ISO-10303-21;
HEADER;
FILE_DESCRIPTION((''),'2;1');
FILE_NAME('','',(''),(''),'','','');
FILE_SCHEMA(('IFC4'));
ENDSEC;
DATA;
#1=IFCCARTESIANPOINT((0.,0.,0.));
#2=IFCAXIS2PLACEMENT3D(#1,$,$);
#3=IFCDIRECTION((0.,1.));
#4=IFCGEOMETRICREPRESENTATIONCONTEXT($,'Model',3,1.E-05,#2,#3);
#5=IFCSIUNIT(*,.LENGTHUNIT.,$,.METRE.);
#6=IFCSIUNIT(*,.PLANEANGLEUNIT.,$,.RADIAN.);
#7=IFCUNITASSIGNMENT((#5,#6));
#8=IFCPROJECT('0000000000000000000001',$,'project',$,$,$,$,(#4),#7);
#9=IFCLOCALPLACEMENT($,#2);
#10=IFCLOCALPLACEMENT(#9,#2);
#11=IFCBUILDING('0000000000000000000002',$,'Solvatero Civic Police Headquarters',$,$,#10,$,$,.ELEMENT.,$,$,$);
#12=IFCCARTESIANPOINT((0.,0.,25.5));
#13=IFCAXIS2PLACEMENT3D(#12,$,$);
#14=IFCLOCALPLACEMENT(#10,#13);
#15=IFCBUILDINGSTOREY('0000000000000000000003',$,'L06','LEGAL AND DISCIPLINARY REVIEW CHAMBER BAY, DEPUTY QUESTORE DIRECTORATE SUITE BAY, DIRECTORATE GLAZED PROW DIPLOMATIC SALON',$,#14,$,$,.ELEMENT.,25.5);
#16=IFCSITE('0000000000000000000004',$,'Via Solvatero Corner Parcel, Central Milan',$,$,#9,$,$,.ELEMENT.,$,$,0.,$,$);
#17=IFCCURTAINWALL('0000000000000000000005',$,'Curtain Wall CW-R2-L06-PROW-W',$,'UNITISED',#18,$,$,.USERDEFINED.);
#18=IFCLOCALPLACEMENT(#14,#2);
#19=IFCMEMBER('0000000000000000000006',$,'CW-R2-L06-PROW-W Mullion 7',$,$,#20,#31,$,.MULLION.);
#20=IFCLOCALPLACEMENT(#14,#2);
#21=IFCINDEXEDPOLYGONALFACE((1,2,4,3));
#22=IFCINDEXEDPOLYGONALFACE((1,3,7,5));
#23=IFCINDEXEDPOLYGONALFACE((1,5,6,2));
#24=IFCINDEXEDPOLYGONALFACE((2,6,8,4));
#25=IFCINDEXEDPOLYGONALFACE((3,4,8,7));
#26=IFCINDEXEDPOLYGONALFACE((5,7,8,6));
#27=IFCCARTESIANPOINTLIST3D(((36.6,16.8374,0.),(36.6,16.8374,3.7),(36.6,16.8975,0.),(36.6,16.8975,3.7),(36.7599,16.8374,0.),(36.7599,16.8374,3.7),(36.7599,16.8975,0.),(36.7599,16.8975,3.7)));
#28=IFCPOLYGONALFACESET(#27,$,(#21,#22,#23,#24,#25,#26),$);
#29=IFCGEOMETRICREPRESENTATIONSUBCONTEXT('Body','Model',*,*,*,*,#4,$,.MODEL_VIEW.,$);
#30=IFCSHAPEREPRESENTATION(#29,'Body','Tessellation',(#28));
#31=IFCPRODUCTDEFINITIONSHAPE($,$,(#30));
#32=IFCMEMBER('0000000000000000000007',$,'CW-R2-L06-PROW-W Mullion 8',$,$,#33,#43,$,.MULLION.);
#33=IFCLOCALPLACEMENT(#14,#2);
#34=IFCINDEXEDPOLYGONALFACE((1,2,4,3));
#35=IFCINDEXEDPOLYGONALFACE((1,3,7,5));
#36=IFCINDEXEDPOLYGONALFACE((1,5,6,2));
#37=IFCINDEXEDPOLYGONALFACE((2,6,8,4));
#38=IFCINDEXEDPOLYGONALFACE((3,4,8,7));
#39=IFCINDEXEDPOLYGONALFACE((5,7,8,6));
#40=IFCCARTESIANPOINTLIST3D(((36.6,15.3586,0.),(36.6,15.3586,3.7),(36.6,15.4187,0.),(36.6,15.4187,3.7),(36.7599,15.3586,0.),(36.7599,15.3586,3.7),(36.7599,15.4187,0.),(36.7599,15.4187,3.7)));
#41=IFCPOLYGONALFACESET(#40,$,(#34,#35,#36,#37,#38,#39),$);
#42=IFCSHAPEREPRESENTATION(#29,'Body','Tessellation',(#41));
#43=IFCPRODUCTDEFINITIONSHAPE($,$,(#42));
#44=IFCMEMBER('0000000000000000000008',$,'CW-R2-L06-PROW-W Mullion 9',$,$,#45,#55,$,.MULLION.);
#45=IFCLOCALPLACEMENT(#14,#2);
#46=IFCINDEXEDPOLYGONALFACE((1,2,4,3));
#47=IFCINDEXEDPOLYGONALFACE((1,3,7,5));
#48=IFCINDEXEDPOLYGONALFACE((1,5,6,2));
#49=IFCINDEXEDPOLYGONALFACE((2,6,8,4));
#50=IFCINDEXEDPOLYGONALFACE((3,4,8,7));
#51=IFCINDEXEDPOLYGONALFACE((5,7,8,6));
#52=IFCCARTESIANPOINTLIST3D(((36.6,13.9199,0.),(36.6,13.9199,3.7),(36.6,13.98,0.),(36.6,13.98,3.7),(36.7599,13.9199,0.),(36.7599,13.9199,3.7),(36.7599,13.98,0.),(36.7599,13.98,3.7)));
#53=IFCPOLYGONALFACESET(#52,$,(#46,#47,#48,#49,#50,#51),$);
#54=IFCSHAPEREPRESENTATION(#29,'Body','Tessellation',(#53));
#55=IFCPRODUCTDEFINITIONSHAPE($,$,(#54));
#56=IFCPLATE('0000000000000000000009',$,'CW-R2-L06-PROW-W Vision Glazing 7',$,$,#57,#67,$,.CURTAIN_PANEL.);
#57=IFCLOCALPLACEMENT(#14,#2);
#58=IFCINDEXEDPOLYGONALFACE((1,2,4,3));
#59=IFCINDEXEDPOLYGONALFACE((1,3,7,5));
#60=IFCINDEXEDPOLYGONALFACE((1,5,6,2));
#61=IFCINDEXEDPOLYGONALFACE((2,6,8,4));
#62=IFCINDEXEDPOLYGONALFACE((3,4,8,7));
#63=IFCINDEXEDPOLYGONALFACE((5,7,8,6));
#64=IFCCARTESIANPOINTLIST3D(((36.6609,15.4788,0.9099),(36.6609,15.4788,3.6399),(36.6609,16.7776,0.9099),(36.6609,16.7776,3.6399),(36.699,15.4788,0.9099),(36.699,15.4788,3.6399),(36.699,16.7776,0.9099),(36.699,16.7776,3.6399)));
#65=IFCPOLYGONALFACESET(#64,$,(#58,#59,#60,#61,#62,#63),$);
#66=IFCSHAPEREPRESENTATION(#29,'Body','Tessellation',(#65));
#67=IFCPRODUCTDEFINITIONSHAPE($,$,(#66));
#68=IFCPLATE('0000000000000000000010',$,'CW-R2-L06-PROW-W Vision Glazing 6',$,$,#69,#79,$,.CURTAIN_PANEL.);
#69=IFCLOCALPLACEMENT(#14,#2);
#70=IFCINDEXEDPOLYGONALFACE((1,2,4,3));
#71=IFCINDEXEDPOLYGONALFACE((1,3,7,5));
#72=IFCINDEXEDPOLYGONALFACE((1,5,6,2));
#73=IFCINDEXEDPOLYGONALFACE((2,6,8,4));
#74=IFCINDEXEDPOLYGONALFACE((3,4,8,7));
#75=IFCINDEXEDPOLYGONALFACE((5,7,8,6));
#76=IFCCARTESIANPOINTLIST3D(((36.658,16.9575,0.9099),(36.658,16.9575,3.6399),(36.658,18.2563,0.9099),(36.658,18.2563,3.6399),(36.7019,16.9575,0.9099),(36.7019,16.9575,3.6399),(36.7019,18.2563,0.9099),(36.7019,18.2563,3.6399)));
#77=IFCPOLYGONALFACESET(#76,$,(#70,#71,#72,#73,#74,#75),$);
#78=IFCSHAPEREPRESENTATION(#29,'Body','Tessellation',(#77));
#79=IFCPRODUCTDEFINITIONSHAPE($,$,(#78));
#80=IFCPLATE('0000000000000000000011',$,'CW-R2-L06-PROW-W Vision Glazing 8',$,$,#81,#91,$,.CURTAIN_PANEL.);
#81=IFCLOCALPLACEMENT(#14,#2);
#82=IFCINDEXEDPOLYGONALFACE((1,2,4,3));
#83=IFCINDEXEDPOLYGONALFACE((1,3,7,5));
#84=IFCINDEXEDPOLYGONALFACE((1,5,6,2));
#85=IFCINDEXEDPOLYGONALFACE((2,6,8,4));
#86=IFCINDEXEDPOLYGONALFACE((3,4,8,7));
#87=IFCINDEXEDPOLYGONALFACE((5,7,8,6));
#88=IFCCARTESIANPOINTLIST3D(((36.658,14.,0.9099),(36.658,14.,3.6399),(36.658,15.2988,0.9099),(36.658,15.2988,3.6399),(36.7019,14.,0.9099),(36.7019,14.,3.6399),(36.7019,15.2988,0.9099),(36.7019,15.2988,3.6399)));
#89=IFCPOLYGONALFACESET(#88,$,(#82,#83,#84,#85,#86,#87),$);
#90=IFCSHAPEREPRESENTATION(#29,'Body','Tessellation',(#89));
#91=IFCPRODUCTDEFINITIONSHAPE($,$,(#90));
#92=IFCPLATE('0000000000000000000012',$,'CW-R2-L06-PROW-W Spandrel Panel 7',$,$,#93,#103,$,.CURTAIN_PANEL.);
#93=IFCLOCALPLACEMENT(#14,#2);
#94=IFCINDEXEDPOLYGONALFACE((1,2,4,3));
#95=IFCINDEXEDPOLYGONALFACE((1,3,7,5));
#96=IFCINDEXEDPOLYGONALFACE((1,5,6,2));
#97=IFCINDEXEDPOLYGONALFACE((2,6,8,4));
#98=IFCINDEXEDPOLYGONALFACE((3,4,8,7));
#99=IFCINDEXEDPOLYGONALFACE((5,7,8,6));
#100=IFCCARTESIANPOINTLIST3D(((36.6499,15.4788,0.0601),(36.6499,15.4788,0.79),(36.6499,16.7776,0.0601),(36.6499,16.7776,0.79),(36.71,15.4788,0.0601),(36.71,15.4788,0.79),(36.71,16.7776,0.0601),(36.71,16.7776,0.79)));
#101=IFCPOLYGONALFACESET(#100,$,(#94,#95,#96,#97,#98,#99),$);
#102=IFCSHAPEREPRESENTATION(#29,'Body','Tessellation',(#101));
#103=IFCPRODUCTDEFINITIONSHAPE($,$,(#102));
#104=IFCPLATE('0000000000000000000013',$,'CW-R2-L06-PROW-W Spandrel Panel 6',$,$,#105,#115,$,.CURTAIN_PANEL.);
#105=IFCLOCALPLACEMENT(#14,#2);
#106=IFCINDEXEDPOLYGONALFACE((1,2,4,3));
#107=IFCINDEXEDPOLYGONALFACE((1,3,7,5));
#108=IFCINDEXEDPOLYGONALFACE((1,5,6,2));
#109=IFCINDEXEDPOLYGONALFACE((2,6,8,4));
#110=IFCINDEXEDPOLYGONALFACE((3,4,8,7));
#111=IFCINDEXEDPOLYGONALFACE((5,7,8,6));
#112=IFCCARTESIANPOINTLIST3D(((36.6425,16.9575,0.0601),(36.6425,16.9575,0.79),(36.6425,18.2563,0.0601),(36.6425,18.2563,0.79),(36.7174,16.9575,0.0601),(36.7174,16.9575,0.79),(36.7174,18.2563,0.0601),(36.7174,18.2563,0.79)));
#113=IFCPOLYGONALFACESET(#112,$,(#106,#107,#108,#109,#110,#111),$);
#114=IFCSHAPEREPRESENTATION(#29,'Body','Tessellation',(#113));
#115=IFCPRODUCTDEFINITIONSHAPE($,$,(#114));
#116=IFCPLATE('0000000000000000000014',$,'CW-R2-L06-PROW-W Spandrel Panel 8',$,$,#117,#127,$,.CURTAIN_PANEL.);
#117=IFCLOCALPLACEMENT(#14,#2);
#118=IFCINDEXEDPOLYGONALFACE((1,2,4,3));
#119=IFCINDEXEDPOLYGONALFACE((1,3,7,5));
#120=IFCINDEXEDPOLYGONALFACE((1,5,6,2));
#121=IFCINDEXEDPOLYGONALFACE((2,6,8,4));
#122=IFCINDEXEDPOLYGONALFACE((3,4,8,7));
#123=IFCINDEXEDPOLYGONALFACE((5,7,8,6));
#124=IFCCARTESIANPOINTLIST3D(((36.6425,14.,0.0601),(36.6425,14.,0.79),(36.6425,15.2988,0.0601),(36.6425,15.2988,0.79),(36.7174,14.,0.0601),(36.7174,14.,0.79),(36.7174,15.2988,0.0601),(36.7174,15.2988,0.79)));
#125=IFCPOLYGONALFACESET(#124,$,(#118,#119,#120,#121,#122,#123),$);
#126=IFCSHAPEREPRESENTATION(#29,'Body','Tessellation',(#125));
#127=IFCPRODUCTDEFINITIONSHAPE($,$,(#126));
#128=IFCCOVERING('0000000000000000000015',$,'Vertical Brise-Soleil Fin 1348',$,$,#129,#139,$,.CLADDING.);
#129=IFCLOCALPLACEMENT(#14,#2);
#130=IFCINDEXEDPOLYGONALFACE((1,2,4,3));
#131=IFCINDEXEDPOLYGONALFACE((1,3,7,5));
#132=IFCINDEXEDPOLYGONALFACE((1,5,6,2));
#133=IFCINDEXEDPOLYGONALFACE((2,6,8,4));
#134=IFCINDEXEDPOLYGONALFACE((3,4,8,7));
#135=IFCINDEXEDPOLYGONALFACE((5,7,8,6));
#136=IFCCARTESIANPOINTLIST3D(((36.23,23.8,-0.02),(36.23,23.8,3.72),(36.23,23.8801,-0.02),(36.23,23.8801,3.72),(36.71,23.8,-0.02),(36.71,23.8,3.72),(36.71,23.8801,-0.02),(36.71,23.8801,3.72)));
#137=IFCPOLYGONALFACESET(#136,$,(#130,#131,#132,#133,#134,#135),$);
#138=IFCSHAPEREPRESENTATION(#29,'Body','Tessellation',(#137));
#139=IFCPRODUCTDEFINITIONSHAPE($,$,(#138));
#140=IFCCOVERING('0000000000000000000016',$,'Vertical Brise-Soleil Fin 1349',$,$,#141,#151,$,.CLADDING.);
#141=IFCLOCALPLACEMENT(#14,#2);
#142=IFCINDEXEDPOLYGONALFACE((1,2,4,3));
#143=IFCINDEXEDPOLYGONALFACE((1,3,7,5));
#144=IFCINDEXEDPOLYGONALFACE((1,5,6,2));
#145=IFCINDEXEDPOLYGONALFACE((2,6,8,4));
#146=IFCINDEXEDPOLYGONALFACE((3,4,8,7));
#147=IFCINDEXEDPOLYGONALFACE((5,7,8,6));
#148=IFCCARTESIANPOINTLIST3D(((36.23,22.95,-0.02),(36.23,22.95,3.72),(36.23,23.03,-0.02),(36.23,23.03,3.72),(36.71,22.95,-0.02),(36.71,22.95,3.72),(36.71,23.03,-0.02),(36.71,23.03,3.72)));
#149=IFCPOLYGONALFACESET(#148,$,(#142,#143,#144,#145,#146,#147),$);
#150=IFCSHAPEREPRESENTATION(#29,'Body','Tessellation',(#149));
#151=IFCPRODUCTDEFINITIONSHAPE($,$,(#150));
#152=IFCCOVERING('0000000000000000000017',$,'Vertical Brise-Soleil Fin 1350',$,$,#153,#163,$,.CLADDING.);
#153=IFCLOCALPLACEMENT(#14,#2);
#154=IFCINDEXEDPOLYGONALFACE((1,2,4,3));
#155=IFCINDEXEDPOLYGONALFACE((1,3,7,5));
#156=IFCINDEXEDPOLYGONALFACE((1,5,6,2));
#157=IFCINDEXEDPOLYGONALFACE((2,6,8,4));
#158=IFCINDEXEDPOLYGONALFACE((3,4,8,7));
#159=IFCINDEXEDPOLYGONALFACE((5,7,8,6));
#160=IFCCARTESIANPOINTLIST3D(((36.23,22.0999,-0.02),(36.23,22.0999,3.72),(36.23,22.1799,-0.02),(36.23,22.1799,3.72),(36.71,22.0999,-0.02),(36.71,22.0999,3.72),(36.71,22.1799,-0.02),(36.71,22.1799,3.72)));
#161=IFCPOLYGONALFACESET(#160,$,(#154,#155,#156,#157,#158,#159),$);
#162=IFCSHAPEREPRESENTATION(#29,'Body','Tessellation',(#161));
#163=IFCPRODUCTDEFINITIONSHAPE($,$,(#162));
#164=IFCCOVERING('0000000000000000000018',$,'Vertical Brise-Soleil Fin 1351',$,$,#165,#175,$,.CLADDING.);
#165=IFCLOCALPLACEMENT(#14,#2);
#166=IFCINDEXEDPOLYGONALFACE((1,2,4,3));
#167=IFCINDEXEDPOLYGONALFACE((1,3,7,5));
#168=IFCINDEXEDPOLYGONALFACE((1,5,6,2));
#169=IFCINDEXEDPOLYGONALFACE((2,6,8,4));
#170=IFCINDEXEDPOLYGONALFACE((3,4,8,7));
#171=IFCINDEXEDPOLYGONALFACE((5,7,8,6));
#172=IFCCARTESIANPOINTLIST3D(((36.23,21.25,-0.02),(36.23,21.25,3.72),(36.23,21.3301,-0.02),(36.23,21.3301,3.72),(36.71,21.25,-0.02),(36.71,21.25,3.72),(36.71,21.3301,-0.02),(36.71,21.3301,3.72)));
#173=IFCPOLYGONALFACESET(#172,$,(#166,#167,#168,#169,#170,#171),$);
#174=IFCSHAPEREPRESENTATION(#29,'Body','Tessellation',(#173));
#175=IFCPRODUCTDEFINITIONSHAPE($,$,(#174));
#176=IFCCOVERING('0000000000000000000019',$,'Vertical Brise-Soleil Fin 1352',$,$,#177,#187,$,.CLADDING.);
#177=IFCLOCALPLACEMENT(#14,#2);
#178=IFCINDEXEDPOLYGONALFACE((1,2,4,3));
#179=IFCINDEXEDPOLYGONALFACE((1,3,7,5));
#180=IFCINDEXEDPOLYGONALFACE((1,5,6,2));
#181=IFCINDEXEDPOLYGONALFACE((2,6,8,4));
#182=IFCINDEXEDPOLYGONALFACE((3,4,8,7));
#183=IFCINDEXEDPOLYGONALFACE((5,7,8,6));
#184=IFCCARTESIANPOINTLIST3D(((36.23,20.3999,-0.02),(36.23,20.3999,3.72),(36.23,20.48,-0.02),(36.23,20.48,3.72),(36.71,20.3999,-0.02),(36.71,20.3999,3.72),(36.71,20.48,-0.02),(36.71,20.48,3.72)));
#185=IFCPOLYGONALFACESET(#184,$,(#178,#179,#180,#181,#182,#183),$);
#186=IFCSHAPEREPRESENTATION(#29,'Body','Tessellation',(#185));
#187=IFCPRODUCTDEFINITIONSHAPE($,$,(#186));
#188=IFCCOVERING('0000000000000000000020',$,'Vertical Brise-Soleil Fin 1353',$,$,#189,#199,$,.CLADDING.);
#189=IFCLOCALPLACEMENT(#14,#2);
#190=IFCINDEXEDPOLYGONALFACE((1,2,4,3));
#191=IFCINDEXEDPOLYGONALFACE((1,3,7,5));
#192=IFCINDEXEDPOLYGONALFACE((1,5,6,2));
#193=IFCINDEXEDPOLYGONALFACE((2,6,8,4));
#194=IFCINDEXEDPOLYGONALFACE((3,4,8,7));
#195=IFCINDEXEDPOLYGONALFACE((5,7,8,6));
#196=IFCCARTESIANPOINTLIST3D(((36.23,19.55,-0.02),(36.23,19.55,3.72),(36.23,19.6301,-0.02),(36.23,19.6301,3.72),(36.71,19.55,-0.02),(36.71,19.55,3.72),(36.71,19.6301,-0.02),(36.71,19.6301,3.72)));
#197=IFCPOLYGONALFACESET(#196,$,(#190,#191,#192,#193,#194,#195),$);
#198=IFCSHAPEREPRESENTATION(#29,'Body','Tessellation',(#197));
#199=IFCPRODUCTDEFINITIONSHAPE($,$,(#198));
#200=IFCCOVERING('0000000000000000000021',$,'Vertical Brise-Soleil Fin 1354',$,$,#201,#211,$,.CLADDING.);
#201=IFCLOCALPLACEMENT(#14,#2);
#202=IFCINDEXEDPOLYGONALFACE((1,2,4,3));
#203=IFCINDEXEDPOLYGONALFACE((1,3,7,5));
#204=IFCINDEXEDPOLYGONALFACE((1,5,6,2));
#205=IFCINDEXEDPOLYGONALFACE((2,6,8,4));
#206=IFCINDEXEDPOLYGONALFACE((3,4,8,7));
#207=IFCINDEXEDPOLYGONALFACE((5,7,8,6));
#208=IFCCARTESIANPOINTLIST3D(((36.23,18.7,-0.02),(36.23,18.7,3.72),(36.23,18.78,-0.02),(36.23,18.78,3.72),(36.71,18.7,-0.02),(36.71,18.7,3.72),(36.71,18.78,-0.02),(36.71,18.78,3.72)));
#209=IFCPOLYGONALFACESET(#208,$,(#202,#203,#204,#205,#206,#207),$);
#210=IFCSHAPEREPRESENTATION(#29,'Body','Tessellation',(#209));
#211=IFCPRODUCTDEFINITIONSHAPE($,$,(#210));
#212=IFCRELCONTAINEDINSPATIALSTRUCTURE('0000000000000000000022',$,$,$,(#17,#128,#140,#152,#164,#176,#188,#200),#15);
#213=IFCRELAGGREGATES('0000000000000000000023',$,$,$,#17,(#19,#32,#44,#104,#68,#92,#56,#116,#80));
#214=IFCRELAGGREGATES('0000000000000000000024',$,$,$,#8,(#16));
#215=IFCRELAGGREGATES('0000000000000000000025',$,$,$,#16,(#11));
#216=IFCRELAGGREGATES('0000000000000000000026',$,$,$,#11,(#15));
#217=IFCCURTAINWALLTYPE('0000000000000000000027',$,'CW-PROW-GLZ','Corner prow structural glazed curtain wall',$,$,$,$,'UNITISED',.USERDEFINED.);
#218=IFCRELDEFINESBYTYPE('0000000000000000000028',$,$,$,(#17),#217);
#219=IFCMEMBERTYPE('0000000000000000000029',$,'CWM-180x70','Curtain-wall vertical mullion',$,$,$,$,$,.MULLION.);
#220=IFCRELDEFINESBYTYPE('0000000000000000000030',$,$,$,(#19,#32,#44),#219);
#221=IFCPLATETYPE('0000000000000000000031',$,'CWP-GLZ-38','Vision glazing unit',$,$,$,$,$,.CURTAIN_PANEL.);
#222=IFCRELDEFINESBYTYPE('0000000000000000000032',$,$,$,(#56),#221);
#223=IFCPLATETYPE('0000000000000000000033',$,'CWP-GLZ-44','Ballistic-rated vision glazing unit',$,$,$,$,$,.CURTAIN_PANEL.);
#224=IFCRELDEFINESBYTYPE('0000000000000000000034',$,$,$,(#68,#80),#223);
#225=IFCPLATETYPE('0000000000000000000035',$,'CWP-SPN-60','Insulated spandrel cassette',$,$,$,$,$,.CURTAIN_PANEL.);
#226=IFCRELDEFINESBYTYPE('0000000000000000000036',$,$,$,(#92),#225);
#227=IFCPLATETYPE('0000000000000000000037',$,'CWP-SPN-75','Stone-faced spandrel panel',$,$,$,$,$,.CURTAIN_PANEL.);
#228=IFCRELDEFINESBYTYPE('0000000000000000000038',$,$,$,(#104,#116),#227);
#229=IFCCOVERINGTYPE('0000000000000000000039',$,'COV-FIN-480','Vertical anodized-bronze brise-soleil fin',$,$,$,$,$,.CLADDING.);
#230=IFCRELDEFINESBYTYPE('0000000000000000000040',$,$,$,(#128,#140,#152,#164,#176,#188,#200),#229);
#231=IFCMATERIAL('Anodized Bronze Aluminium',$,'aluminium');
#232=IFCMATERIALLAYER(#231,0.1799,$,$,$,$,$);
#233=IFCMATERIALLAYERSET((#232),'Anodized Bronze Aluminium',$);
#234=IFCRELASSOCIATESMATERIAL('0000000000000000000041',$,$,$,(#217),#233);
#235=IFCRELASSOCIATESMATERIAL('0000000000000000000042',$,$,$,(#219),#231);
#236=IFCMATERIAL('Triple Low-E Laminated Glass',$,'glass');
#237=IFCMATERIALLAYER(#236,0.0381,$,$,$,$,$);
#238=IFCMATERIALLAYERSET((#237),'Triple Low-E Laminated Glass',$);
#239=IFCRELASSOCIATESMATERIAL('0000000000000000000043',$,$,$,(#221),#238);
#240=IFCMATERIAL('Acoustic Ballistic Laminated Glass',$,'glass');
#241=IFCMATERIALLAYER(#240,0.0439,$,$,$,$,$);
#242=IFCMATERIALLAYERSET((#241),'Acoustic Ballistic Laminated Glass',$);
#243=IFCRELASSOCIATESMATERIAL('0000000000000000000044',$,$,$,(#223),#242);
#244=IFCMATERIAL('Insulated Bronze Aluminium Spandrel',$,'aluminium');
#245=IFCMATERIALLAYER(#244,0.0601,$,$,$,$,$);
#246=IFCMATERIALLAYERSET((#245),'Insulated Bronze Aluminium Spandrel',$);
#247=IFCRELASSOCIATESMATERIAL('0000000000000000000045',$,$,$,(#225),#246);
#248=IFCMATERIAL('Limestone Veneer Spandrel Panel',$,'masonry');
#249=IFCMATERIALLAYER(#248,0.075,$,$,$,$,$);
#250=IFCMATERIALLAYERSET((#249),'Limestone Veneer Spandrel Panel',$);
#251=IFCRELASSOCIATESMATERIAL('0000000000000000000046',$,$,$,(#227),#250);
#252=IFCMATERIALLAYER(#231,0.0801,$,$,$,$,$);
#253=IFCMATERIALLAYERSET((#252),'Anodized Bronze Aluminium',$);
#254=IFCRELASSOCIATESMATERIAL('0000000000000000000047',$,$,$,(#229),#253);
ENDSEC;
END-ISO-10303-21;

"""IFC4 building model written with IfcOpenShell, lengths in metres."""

from ifc_helpers import new_model, si_unit, direction, frame, origin, origin_2d, place, context, subcontext, project, spatial, rectangle, extrude, material, layer, layer_set, material_profile, profile_set, type_object, element, aggregate, save


model = new_model("IFC4")

# Units and contexts
model_context = context("Model", 3, precision=1e-05, world=origin(), true_north=direction((0.0, 1.0)))
body_context = subcontext(model_context, "Body", "Model", "MODEL_VIEW")
ifc_project = project(units=[si_unit("LENGTHUNIT", "METRE"), si_unit("PLANEANGLEUNIT", "RADIAN")], contexts=[model_context])

# Site, building, storey
site_placement = place(None, origin())
site = spatial("IfcSite", under=ifc_project, at=site_placement, Name="Via Solvatero Corner Parcel, Central Milan", CompositionType="ELEMENT", RefElevation=0.0)
building_placement = place(site_placement, origin())
building = spatial("IfcBuilding", under=site, at=building_placement, Name="Solvatero Civic Police Headquarters", CompositionType="ELEMENT")
storey_placement = place(building_placement, frame((0.0, 0.0, 25.5)))
storey = spatial("IfcBuildingStorey", under=building, at=storey_placement, Name="L06", Description="LEGAL AND DISCIPLINARY REVIEW CHAMBER BAY, DEPUTY QUESTORE DIRECTORATE SUITE BAY, DIRECTORATE GLAZED PROW DIPLOMATIC SALON", CompositionType="ELEMENT", Elevation=25.5)

# Curtain wall, members, plates
ifc_material_1 = material(Name="Anodized Bronze Aluminium", Category="aluminium")
ifc_layer_1 = layer(ifc_material_1, 0.1799)
ifc_layer_set_1 = layer_set([ifc_layer_1], Name="Anodized Bronze Aluminium")
curtain_wall_type = type_object("IfcCurtainWallType", Name="CW-PROW-GLZ", Description="Corner prow structural glazed curtain wall", ElementType="UNITISED", PredefinedType="USERDEFINED", material=ifc_layer_set_1)
curtain_wall_placement = place(storey_placement, origin())
curtain_wall = element("IfcCurtainWall", 1, at=curtain_wall_placement, inside=storey, type_object=curtain_wall_type, Name="Curtain Wall CW-R2-L06-PROW-W", ObjectType="UNITISED", PredefinedType="USERDEFINED")
ifc_material_profile = material_profile(ifc_material_1, rectangle(XDim=0.0601, YDim=0.1599, at=origin_2d()), Name="ALU MULLION 60x160")
ifc_profile_set = profile_set([ifc_material_profile], Name="Anodized Bronze Aluminium")
member_type = type_object("IfcMemberType", Name="CWM-180x70", Description="Curtain-wall vertical mullion", PredefinedType="MULLION", material=ifc_profile_set)
member_1_placement = place(storey_placement, frame((36.6799, 16.8674, 0.0), z_axis=(0.0, 0.0, 1.0), x_axis=(0.0, -1.0, 0.0)))
member_1 = element("IfcMember", 2, at=member_1_placement, type_object=member_type, Name="CW-R2-L06-PROW-W Mullion 7", PredefinedType="MULLION", context=body_context, shape_type="SweptSolid", body=[
    extrude(rectangle(XDim=0.0601, YDim=0.1599, at=origin_2d()), origin(), (0.0, 0.0, 1.0), 3.7),
])
member_2_placement = place(storey_placement, frame((36.6799, 15.3887, 0.0), z_axis=(0.0, 0.0, 1.0), x_axis=(0.0, -1.0, 0.0)))
member_2 = element("IfcMember", 3, at=member_2_placement, type_object=member_type, Name="CW-R2-L06-PROW-W Mullion 8", PredefinedType="MULLION", context=body_context, shape_type="SweptSolid", body=[
    extrude(rectangle(XDim=0.0601, YDim=0.1599, at=origin_2d()), origin(), (0.0, 0.0, 1.0), 3.7),
])
member_3_placement = place(storey_placement, frame((36.6799, 13.95, 0.0), z_axis=(0.0, 0.0, 1.0), x_axis=(0.0, -1.0, 0.0)))
member_3 = element("IfcMember", 4, at=member_3_placement, type_object=member_type, Name="CW-R2-L06-PROW-W Mullion 9", PredefinedType="MULLION", context=body_context, shape_type="SweptSolid", body=[
    extrude(rectangle(XDim=0.0601, YDim=0.1599, at=origin_2d()), origin(), (0.0, 0.0, 1.0), 3.7),
])
ifc_material_2 = material(Name="Triple Low-E Laminated Glass", Category="glass")
ifc_layer_2 = layer(ifc_material_2, 0.0381)
ifc_layer_set_2 = layer_set([ifc_layer_2], Name="Triple Low-E Laminated Glass")
plate_type_1 = type_object("IfcPlateType", Name="CWP-GLZ-38", Description="Vision glazing unit", PredefinedType="CURTAIN_PANEL", material=ifc_layer_set_2)
plate_1_placement = place(storey_placement, frame((36.6799, 16.1282, 0.9099), z_axis=(0.0, 0.0, 1.0), x_axis=(0.0, -1.0, 0.0)))
plate_1 = element("IfcPlate", 5, at=plate_1_placement, type_object=plate_type_1, Name="CW-R2-L06-PROW-W Vision Glazing 7", PredefinedType="CURTAIN_PANEL", context=body_context, shape_type="SweptSolid", body=[
    extrude(rectangle(XDim=1.2988, YDim=0.0381, at=origin_2d()), origin(), (0.0, 0.0, 1.0), 2.73),
])
ifc_material_3 = material(Name="Acoustic Ballistic Laminated Glass", Category="glass")
ifc_layer_3 = layer(ifc_material_3, 0.0439)
ifc_layer_set_3 = layer_set([ifc_layer_3], Name="Acoustic Ballistic Laminated Glass")
plate_type_2 = type_object("IfcPlateType", Name="CWP-GLZ-44", Description="Ballistic-rated vision glazing unit", PredefinedType="CURTAIN_PANEL", material=ifc_layer_set_3)
plate_2_placement = place(storey_placement, frame((36.6799, 17.6069, 0.9099), z_axis=(0.0, 0.0, 1.0), x_axis=(0.0, -1.0, 0.0)))
plate_2 = element("IfcPlate", 6, at=plate_2_placement, type_object=plate_type_2, Name="CW-R2-L06-PROW-W Vision Glazing 6", PredefinedType="CURTAIN_PANEL", context=body_context, shape_type="SweptSolid", body=[
    extrude(rectangle(XDim=1.2988, YDim=0.0439, at=origin_2d()), origin(), (0.0, 0.0, 1.0), 2.73),
])
plate_3_placement = place(storey_placement, frame((36.6799, 14.6494, 0.9099), z_axis=(0.0, 0.0, 1.0), x_axis=(0.0, -1.0, 0.0)))
plate_3 = element("IfcPlate", 7, at=plate_3_placement, type_object=plate_type_2, Name="CW-R2-L06-PROW-W Vision Glazing 8", PredefinedType="CURTAIN_PANEL", context=body_context, shape_type="SweptSolid", body=[
    extrude(rectangle(XDim=1.2988, YDim=0.0439, at=origin_2d()), origin(), (0.0, 0.0, 1.0), 2.73),
])
ifc_material_4 = material(Name="Insulated Bronze Aluminium Spandrel", Category="aluminium")
ifc_layer_4 = layer(ifc_material_4, 0.0601)
ifc_layer_set_4 = layer_set([ifc_layer_4], Name="Insulated Bronze Aluminium Spandrel")
plate_type_3 = type_object("IfcPlateType", Name="CWP-SPN-60", Description="Insulated spandrel cassette", PredefinedType="CURTAIN_PANEL", material=ifc_layer_set_4)
plate_4_placement = place(storey_placement, frame((36.6799, 16.1282, 0.0601), z_axis=(0.0, 0.0, 1.0), x_axis=(0.0, -1.0, 0.0)))
plate_4 = element("IfcPlate", 8, at=plate_4_placement, type_object=plate_type_3, Name="CW-R2-L06-PROW-W Spandrel Panel 7", PredefinedType="CURTAIN_PANEL", context=body_context, shape_type="SweptSolid", body=[
    extrude(rectangle(XDim=1.2988, YDim=0.0601, at=origin_2d()), origin(), (0.0, 0.0, 1.0), 0.73),
])
ifc_material_5 = material(Name="Limestone Veneer Spandrel Panel", Category="masonry")
ifc_layer_5 = layer(ifc_material_5, 0.075)
ifc_layer_set_5 = layer_set([ifc_layer_5], Name="Limestone Veneer Spandrel Panel")
plate_type_4 = type_object("IfcPlateType", Name="CWP-SPN-75", Description="Stone-faced spandrel panel", PredefinedType="CURTAIN_PANEL", material=ifc_layer_set_5)
plate_5_placement = place(storey_placement, frame((36.6799, 17.6069, 0.0601), z_axis=(0.0, 0.0, 1.0), x_axis=(0.0, -1.0, 0.0)))
plate_5 = element("IfcPlate", 9, at=plate_5_placement, type_object=plate_type_4, Name="CW-R2-L06-PROW-W Spandrel Panel 6", PredefinedType="CURTAIN_PANEL", context=body_context, shape_type="SweptSolid", body=[
    extrude(rectangle(XDim=1.2988, YDim=0.075, at=origin_2d()), origin(), (0.0, 0.0, 1.0), 0.73),
])
plate_6_placement = place(storey_placement, frame((36.6799, 14.6494, 0.0601), z_axis=(0.0, 0.0, 1.0), x_axis=(0.0, -1.0, 0.0)))
plate_6 = element("IfcPlate", 10, at=plate_6_placement, type_object=plate_type_4, Name="CW-R2-L06-PROW-W Spandrel Panel 8", PredefinedType="CURTAIN_PANEL", context=body_context, shape_type="SweptSolid", body=[
    extrude(rectangle(XDim=1.2988, YDim=0.075, at=origin_2d()), origin(), (0.0, 0.0, 1.0), 0.73),
])
aggregate(curtain_wall, [member_1, member_2, member_3, plate_5, plate_2, plate_4, plate_1, plate_6, plate_3])

# Coverings
ifc_layer_6 = layer(ifc_material_1, 0.0801)
ifc_layer_set_6 = layer_set([ifc_layer_6], Name="Anodized Bronze Aluminium")
covering_type = type_object("IfcCoveringType", Name="COV-FIN-480", Description="Vertical anodized-bronze brise-soleil fin", PredefinedType="CLADDING", material=ifc_layer_set_6)
for number, where, z_axis, x_axis, name in (
    (11, (36.47, 23.8401, -0.02), (0.0, 0.0, 1.0), (0.0, -1.0, 0.0), "Vertical Brise-Soleil Fin 1348"),
    (12, (36.47, 22.99, -0.02), (0.0, 0.0, 1.0), (0.0, -1.0, 0.0), "Vertical Brise-Soleil Fin 1349"),
    (13, (36.47, 22.1399, -0.02), (0.0, 0.0, 1.0), (0.0, -1.0, 0.0), "Vertical Brise-Soleil Fin 1350"),
    (14, (36.47, 21.29, -0.02), (0.0, 0.0, 1.0), (0.0, -1.0, 0.0), "Vertical Brise-Soleil Fin 1351"),
    (15, (36.47, 20.4399, -0.02), (0.0, 0.0, 1.0), (0.0, -1.0, 0.0), "Vertical Brise-Soleil Fin 1352"),
    (16, (36.47, 19.5901, -0.02), (0.0, 0.0, 1.0), (0.0, -1.0, 0.0), "Vertical Brise-Soleil Fin 1353"),
    (17, (36.47, 18.74, -0.02), (0.0, 0.0, 1.0), (0.0, -1.0, 0.0), "Vertical Brise-Soleil Fin 1354"),
):
    element("IfcCovering", number, at=place(storey_placement, frame(where, z_axis=z_axis, x_axis=x_axis)), inside=storey, type_object=covering_type, Name=name, PredefinedType="CLADDING", context=body_context, shape_type="SweptSolid", body=[
        extrude(rectangle(XDim=0.0801, YDim=0.48, at=origin_2d()), origin(), (0.0, 0.0, 1.0), 3.74),
    ])

save(model, "model.ifc")
